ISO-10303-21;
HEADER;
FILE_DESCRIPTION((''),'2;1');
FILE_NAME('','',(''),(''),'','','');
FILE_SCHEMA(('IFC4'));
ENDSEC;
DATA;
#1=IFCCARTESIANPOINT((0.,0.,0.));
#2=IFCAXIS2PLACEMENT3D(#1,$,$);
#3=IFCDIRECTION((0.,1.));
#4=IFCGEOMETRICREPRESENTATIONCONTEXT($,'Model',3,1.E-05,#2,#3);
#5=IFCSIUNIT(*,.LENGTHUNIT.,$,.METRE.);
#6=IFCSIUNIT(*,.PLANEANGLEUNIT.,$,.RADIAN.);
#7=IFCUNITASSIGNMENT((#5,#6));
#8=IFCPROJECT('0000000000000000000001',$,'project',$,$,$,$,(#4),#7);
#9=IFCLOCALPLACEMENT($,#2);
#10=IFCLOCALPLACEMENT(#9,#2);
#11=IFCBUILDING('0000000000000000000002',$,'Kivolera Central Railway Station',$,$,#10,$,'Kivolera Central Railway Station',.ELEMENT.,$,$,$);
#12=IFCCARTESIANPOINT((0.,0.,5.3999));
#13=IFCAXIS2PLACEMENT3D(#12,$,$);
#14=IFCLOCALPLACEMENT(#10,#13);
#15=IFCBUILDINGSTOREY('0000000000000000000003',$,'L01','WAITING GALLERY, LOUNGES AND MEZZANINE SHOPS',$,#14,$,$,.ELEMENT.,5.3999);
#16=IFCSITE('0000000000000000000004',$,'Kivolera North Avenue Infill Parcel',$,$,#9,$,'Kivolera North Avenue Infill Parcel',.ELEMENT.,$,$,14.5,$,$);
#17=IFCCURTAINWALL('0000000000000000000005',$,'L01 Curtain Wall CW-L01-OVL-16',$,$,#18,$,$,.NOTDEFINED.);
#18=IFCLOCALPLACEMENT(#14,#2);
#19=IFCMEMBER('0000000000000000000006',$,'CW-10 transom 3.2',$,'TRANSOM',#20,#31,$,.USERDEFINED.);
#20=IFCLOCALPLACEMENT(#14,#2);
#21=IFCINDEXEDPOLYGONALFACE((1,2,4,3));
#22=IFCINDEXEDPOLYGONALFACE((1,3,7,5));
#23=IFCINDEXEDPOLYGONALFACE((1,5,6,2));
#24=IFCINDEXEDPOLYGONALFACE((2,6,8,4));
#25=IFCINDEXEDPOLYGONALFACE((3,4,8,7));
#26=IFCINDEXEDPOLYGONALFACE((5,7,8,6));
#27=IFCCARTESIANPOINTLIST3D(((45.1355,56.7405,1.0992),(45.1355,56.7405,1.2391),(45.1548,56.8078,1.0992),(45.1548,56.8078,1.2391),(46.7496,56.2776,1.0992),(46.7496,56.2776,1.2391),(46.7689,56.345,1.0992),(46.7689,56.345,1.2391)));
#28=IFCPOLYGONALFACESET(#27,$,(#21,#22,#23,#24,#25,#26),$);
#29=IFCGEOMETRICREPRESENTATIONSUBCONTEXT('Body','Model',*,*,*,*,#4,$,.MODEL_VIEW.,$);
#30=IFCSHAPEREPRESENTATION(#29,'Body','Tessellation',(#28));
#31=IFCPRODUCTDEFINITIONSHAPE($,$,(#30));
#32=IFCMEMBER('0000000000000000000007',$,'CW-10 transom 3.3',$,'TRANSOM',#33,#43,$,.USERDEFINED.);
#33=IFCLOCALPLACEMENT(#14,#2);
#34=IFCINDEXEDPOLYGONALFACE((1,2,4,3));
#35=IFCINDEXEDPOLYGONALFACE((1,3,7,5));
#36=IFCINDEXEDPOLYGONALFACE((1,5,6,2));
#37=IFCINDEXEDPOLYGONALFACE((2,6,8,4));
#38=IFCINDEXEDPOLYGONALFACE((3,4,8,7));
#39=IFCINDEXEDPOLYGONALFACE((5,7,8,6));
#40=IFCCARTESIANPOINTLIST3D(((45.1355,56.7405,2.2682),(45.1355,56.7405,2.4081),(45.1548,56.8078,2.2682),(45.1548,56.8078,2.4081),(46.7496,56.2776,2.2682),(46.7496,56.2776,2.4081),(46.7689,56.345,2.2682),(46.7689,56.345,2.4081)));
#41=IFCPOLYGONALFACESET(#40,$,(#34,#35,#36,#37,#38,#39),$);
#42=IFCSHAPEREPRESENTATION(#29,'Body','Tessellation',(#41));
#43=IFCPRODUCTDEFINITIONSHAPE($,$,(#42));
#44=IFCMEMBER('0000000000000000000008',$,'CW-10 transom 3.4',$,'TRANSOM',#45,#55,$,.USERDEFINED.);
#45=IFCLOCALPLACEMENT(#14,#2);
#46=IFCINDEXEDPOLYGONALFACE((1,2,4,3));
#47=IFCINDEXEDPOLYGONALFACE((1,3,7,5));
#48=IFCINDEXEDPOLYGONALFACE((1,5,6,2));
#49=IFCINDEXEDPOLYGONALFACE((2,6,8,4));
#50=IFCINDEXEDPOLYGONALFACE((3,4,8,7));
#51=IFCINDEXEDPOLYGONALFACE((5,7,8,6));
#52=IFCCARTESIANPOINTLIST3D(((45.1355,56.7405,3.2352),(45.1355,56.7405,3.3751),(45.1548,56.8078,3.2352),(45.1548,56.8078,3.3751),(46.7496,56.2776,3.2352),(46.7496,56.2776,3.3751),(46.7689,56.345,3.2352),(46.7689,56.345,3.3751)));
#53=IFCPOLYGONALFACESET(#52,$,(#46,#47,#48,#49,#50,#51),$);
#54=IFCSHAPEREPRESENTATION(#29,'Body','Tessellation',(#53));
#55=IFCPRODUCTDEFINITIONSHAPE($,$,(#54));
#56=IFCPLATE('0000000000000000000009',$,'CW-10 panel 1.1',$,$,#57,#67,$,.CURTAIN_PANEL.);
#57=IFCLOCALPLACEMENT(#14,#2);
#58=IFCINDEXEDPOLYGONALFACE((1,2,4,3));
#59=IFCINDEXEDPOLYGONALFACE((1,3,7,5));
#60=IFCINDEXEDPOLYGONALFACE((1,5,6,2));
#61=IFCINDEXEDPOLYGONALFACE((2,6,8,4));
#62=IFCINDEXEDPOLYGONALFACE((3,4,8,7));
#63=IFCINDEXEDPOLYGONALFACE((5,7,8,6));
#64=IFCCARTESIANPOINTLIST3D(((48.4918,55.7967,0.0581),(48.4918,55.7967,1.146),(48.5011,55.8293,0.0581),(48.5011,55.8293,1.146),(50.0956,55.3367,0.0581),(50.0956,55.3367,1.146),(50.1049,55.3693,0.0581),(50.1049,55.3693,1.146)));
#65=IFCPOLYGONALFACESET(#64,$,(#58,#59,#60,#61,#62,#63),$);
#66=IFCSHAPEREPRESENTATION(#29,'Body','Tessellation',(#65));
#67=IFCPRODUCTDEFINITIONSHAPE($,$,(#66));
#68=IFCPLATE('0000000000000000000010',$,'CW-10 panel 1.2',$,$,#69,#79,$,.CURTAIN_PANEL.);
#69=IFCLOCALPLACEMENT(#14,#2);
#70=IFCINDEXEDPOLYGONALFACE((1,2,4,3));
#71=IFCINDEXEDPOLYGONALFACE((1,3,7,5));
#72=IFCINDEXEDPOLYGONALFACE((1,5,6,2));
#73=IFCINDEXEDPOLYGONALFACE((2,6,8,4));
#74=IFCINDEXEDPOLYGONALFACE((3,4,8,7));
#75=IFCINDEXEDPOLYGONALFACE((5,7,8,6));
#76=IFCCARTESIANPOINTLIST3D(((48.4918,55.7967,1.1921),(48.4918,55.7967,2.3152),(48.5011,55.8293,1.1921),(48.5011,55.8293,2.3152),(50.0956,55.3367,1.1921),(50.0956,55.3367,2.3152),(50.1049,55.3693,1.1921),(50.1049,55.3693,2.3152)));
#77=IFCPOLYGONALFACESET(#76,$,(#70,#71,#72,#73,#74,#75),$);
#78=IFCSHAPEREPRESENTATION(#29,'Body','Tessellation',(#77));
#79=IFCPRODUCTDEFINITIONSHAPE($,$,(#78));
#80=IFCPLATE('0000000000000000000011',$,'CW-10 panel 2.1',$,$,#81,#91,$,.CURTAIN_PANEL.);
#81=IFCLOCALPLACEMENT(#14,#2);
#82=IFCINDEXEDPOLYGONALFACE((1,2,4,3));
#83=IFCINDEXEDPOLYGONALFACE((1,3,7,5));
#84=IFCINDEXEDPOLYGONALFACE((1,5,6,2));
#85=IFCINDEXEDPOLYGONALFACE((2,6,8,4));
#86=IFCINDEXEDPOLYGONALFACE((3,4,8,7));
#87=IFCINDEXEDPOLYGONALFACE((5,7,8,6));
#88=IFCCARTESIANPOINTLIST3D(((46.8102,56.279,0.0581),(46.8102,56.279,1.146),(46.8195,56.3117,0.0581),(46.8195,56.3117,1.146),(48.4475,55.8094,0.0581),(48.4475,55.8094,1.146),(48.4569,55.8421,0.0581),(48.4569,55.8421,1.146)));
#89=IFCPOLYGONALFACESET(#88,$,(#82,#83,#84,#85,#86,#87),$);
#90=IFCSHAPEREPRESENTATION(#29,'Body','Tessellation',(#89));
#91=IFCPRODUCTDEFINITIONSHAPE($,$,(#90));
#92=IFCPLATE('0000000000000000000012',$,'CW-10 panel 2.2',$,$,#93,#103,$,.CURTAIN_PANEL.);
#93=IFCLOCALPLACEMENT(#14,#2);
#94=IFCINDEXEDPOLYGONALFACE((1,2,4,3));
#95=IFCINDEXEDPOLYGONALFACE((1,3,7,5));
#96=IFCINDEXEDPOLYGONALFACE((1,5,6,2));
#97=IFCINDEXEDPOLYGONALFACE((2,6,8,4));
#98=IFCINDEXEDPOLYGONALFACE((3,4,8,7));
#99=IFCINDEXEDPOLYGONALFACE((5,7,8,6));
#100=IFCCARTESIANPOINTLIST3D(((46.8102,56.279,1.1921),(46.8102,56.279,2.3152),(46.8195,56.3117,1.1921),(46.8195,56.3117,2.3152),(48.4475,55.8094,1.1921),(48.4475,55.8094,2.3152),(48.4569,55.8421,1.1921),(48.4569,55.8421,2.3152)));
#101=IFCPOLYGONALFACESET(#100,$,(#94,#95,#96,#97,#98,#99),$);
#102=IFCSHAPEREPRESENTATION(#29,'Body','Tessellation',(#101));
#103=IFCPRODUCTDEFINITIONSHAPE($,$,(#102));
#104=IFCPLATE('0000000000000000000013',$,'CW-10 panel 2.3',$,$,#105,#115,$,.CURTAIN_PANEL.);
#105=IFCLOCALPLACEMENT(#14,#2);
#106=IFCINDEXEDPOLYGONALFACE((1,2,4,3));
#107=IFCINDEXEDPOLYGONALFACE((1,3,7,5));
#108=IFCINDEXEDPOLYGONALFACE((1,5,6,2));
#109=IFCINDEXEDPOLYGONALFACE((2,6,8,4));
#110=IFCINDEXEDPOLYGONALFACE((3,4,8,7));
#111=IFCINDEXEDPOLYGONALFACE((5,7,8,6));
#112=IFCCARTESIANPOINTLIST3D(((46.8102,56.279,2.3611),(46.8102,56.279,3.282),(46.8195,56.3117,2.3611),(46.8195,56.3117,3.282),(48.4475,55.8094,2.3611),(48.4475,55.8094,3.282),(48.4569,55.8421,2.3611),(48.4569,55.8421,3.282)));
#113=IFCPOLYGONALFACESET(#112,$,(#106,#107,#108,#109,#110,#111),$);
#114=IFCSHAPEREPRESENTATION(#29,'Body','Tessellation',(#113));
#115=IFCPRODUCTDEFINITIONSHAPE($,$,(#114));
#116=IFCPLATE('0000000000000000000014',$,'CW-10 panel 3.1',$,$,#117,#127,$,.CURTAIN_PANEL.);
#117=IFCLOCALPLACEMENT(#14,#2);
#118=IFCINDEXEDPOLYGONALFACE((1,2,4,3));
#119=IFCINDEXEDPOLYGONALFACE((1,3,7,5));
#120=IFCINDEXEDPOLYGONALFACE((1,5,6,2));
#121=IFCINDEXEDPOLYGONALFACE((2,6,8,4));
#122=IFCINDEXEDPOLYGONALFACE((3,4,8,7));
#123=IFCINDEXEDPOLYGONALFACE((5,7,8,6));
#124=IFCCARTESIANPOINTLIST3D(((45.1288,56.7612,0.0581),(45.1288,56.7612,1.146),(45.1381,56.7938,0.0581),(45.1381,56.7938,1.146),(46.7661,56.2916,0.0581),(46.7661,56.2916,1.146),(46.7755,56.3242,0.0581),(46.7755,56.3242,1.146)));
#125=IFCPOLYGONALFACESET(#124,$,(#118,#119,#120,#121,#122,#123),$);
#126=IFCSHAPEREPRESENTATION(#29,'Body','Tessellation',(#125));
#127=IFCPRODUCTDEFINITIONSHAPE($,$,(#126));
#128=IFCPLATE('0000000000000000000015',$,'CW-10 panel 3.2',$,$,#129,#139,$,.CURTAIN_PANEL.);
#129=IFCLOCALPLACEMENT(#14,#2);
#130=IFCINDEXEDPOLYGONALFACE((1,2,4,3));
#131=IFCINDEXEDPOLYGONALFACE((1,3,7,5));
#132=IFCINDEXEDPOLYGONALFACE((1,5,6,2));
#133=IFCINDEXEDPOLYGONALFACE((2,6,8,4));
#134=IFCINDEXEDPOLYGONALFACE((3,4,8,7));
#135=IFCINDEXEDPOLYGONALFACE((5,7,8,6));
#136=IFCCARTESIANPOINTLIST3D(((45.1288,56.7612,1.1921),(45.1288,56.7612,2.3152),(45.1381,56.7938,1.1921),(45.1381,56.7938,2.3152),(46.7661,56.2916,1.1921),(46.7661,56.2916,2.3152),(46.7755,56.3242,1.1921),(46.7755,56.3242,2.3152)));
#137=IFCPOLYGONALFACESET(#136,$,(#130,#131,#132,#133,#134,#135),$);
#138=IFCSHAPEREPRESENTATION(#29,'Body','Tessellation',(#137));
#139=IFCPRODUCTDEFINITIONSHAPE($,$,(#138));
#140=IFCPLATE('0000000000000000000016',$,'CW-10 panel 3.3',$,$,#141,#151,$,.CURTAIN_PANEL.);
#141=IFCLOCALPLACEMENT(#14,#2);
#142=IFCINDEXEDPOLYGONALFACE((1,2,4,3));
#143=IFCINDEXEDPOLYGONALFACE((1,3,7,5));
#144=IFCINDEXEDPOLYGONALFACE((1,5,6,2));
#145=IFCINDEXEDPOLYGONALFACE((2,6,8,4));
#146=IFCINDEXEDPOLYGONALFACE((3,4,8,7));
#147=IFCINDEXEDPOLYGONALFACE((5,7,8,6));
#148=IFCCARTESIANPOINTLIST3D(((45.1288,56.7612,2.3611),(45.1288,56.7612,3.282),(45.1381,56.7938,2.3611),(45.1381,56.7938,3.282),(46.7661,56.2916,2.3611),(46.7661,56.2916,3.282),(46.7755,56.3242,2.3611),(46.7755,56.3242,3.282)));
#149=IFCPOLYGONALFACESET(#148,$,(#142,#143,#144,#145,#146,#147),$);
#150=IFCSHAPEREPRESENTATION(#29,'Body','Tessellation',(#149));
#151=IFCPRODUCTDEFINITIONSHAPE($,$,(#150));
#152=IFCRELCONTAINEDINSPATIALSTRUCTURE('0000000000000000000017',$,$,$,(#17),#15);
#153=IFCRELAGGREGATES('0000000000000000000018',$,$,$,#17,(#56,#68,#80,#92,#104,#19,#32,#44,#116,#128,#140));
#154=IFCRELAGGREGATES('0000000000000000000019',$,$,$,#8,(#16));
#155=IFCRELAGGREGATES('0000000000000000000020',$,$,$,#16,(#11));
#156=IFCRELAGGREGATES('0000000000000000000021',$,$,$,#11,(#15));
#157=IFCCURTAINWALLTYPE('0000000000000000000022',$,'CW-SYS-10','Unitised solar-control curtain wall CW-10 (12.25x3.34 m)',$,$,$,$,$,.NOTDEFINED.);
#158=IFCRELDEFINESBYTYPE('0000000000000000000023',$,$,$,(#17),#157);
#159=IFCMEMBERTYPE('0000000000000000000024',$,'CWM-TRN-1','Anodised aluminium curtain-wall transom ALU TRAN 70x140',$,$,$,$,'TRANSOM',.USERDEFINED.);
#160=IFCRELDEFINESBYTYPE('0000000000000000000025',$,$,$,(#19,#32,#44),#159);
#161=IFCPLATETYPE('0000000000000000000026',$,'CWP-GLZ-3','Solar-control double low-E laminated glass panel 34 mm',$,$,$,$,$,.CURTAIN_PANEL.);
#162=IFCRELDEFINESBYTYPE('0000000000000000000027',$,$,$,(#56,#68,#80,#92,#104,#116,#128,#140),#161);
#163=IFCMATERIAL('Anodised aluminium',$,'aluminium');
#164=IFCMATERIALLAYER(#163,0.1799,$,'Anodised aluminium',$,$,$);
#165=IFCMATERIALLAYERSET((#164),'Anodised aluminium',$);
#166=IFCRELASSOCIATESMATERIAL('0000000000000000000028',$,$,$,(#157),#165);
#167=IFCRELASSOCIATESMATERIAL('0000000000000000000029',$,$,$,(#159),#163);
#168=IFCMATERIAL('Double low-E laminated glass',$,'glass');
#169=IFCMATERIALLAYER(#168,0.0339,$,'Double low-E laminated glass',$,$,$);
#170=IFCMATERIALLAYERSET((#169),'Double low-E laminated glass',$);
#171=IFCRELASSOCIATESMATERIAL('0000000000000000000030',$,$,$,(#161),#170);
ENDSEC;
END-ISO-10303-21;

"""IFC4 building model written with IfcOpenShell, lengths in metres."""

from ifc_helpers import new_model, si_unit, direction, frame, origin, origin_2d, place, context, subcontext, project, spatial, rectangle, extrude, material, layer, layer_set, material_profile, profile_set, type_object, element, aggregate, save


model = new_model("IFC4")

# Units and contexts
model_context = context("Model", 3, precision=1e-05, world=origin(), true_north=direction((0.0, 1.0)))
body_context = subcontext(model_context, "Body", "Model", "MODEL_VIEW")
ifc_project = project(units=[si_unit("LENGTHUNIT", "METRE"), si_unit("PLANEANGLEUNIT", "RADIAN")], contexts=[model_context])

# Site, building, storey
site_placement = place(None, origin())
site = spatial("IfcSite", under=ifc_project, at=site_placement, Name="Kivolera North Avenue Infill Parcel", LongName="Kivolera North Avenue Infill Parcel", CompositionType="ELEMENT", RefElevation=14.5)
building_placement = place(site_placement, origin())
building = spatial("IfcBuilding", under=site, at=building_placement, Name="Kivolera Central Railway Station", LongName="Kivolera Central Railway Station", CompositionType="ELEMENT")
storey_placement = place(building_placement, frame((0.0, 0.0, 5.3999)))
storey = spatial("IfcBuildingStorey", under=building, at=storey_placement, Name="L01", Description="WAITING GALLERY, LOUNGES AND MEZZANINE SHOPS", CompositionType="ELEMENT", Elevation=5.3999)

# Curtain wall, members, plates
ifc_material_1 = material(Name="Anodised aluminium", Category="aluminium")
ifc_layer_1 = layer(ifc_material_1, 0.1799, Name="Anodised aluminium")
ifc_layer_set_1 = layer_set([ifc_layer_1], Name="Anodised aluminium")
curtain_wall_type = type_object("IfcCurtainWallType", Name="CW-SYS-10", Description="Unitised solar-control curtain wall CW-10 (12.25x3.34 m)", PredefinedType="NOTDEFINED", material=ifc_layer_set_1)
curtain_wall_placement = place(storey_placement, origin())
curtain_wall = element("IfcCurtainWall", 1, at=curtain_wall_placement, inside=storey, type_object=curtain_wall_type, Name="L01 Curtain Wall CW-L01-OVL-16", PredefinedType="NOTDEFINED")
ifc_material_profile_1 = material_profile(ifc_material_1, rectangle(XDim=0.0701, YDim=0.1399, at=origin_2d()), Name="ALU TRAN 70x140")
ifc_profile_set_1 = profile_set([ifc_material_profile_1], Name="Anodised aluminium")
member_type_1 = type_object("IfcMemberType", Name="CWM-TRN-1", Description="Anodised aluminium curtain-wall transom ALU TRAN 70x140", ElementType="TRANSOM", PredefinedType="USERDEFINED", material=ifc_profile_set_1)
member_1_placement = place(storey_placement, frame((46.7593, 56.3113, 1.1692), z_axis=(-0.96126, 0.275643, 0.0), x_axis=(-0.275643, -0.96126, 0.0)))
member_1 = element("IfcMember", 2, at=member_1_placement, type_object=member_type_1, Name="CW-10 transom 3.2", ObjectType="TRANSOM", PredefinedType="USERDEFINED", context=body_context, shape_type="SweptSolid", body=[
    extrude(rectangle(XDim=0.0701, YDim=0.1399, at=origin_2d()), origin(), (0.0, 0.0, 1.0), 1.6792),
])
member_2_placement = place(storey_placement, frame((46.7593, 56.3113, 2.3381), z_axis=(-0.96126, 0.275643, 0.0), x_axis=(-0.275643, -0.96126, 0.0)))
member_2 = element("IfcMember", 3, at=member_2_placement, type_object=member_type_1, Name="CW-10 transom 3.3", ObjectType="TRANSOM", PredefinedType="USERDEFINED", context=body_context, shape_type="SweptSolid", body=[
    extrude(rectangle(XDim=0.0701, YDim=0.1399, at=origin_2d()), origin(), (0.0, 0.0, 1.0), 1.6792),
])
member_3_placement = place(storey_placement, frame((46.7593, 56.3113, 3.3052), z_axis=(-0.96126, 0.275643, 0.0), x_axis=(-0.275643, -0.96126, 0.0)))
member_3 = element("IfcMember", 4, at=member_3_placement, type_object=member_type_1, Name="CW-10 transom 3.4", ObjectType="TRANSOM", PredefinedType="USERDEFINED", context=body_context, shape_type="SweptSolid", body=[
    extrude(rectangle(XDim=0.0701, YDim=0.1399, at=origin_2d()), origin(), (0.0, 0.0, 1.0), 1.6792),
])
ifc_material_2 = material(Name="Double low-E laminated glass", Category="glass")
ifc_layer_2 = layer(ifc_material_2, 0.0339, Name="Double low-E laminated glass")
ifc_layer_set_2 = layer_set([ifc_layer_2], Name="Double low-E laminated glass")
plate_type = type_object("IfcPlateType", Name="CWP-GLZ-3", Description="Solar-control double low-E laminated glass panel 34 mm", PredefinedType="CURTAIN_PANEL", material=ifc_layer_set_2)
plate_1_placement = place(storey_placement, frame((49.2983, 55.583, 0.0581), z_axis=(0.0, 0.0, 1.0), x_axis=(-0.961246, 0.275692, 0.0)))
plate_1 = element("IfcPlate", 5, at=plate_1_placement, type_object=plate_type, Name="CW-10 panel 1.1", PredefinedType="CURTAIN_PANEL", context=body_context, shape_type="SweptSolid", body=[
    extrude(rectangle(XDim=1.6685, YDim=0.0339, at=origin_2d()), origin(), (0.0, 0.0, 1.0), 1.0879),
])
plate_2_placement = place(storey_placement, frame((49.2983, 55.583, 1.1921), z_axis=(0.0, 0.0, 1.0), x_axis=(-0.961246, 0.275692, 0.0)))
plate_2 = element("IfcPlate", 6, at=plate_2_placement, type_object=plate_type, Name="CW-10 panel 1.2", PredefinedType="CURTAIN_PANEL", context=body_context, shape_type="SweptSolid", body=[
    extrude(rectangle(XDim=1.6685, YDim=0.0339, at=origin_2d()), origin(), (0.0, 0.0, 1.0), 1.123),
])
plate_3_placement = place(storey_placement, frame((47.6335, 56.0605, 0.0581), z_axis=(0.0, 0.0, 1.0), x_axis=(-0.961246, 0.275692, 0.0)))
plate_3 = element("IfcPlate", 7, at=plate_3_placement, type_object=plate_type, Name="CW-10 panel 2.1", PredefinedType="CURTAIN_PANEL", context=body_context, shape_type="SweptSolid", body=[
    extrude(rectangle(XDim=1.7034, YDim=0.0339, at=origin_2d()), origin(), (0.0, 0.0, 1.0), 1.0879),
])
plate_4_placement = place(storey_placement, frame((47.6335, 56.0605, 1.1921), z_axis=(0.0, 0.0, 1.0), x_axis=(-0.961246, 0.275692, 0.0)))
plate_4 = element("IfcPlate", 8, at=plate_4_placement, type_object=plate_type, Name="CW-10 panel 2.2", PredefinedType="CURTAIN_PANEL", context=body_context, shape_type="SweptSolid", body=[
    extrude(rectangle(XDim=1.7034, YDim=0.0339, at=origin_2d()), origin(), (0.0, 0.0, 1.0), 1.123),
])
plate_5_placement = place(storey_placement, frame((47.6335, 56.0605, 2.3611), z_axis=(0.0, 0.0, 1.0), x_axis=(-0.961246, 0.275692, 0.0)))
plate_5 = element("IfcPlate", 9, at=plate_5_placement, type_object=plate_type, Name="CW-10 panel 2.3", PredefinedType="CURTAIN_PANEL", context=body_context, shape_type="SweptSolid", body=[
    extrude(rectangle(XDim=1.7034, YDim=0.0339, at=origin_2d()), origin(), (0.0, 0.0, 1.0), 0.9209),
])
plate_6_placement = place(storey_placement, frame((45.9521, 56.5427, 0.0581), z_axis=(0.0, 0.0, 1.0), x_axis=(-0.961246, 0.275692, 0.0)))
plate_6 = element("IfcPlate", 10, at=plate_6_placement, type_object=plate_type, Name="CW-10 panel 3.1", PredefinedType="CURTAIN_PANEL", context=body_context, shape_type="SweptSolid", body=[
    extrude(rectangle(XDim=1.7034, YDim=0.0339, at=origin_2d()), origin(), (0.0, 0.0, 1.0), 1.0879),
])
plate_7_placement = place(storey_placement, frame((45.9521, 56.5427, 1.1921), z_axis=(0.0, 0.0, 1.0), x_axis=(-0.961246, 0.275692, 0.0)))
plate_7 = element("IfcPlate", 11, at=plate_7_placement, type_object=plate_type, Name="CW-10 panel 3.2", PredefinedType="CURTAIN_PANEL", context=body_context, shape_type="SweptSolid", body=[
    extrude(rectangle(XDim=1.7034, YDim=0.0339, at=origin_2d()), origin(), (0.0, 0.0, 1.0), 1.123),
])
plate_8_placement = place(storey_placement, frame((45.9521, 56.5427, 2.3611), z_axis=(0.0, 0.0, 1.0), x_axis=(-0.961246, 0.275692, 0.0)))
plate_8 = element("IfcPlate", 12, at=plate_8_placement, type_object=plate_type, Name="CW-10 panel 3.3", PredefinedType="CURTAIN_PANEL", context=body_context, shape_type="SweptSolid", body=[
    extrude(rectangle(XDim=1.7034, YDim=0.0339, at=origin_2d()), origin(), (0.0, 0.0, 1.0), 0.9209),
])
aggregate(curtain_wall, [plate_1, plate_2, plate_3, plate_4, plate_5, member_1, member_2, member_3, plate_6, plate_7, plate_8])

save(model, "model.ifc")
